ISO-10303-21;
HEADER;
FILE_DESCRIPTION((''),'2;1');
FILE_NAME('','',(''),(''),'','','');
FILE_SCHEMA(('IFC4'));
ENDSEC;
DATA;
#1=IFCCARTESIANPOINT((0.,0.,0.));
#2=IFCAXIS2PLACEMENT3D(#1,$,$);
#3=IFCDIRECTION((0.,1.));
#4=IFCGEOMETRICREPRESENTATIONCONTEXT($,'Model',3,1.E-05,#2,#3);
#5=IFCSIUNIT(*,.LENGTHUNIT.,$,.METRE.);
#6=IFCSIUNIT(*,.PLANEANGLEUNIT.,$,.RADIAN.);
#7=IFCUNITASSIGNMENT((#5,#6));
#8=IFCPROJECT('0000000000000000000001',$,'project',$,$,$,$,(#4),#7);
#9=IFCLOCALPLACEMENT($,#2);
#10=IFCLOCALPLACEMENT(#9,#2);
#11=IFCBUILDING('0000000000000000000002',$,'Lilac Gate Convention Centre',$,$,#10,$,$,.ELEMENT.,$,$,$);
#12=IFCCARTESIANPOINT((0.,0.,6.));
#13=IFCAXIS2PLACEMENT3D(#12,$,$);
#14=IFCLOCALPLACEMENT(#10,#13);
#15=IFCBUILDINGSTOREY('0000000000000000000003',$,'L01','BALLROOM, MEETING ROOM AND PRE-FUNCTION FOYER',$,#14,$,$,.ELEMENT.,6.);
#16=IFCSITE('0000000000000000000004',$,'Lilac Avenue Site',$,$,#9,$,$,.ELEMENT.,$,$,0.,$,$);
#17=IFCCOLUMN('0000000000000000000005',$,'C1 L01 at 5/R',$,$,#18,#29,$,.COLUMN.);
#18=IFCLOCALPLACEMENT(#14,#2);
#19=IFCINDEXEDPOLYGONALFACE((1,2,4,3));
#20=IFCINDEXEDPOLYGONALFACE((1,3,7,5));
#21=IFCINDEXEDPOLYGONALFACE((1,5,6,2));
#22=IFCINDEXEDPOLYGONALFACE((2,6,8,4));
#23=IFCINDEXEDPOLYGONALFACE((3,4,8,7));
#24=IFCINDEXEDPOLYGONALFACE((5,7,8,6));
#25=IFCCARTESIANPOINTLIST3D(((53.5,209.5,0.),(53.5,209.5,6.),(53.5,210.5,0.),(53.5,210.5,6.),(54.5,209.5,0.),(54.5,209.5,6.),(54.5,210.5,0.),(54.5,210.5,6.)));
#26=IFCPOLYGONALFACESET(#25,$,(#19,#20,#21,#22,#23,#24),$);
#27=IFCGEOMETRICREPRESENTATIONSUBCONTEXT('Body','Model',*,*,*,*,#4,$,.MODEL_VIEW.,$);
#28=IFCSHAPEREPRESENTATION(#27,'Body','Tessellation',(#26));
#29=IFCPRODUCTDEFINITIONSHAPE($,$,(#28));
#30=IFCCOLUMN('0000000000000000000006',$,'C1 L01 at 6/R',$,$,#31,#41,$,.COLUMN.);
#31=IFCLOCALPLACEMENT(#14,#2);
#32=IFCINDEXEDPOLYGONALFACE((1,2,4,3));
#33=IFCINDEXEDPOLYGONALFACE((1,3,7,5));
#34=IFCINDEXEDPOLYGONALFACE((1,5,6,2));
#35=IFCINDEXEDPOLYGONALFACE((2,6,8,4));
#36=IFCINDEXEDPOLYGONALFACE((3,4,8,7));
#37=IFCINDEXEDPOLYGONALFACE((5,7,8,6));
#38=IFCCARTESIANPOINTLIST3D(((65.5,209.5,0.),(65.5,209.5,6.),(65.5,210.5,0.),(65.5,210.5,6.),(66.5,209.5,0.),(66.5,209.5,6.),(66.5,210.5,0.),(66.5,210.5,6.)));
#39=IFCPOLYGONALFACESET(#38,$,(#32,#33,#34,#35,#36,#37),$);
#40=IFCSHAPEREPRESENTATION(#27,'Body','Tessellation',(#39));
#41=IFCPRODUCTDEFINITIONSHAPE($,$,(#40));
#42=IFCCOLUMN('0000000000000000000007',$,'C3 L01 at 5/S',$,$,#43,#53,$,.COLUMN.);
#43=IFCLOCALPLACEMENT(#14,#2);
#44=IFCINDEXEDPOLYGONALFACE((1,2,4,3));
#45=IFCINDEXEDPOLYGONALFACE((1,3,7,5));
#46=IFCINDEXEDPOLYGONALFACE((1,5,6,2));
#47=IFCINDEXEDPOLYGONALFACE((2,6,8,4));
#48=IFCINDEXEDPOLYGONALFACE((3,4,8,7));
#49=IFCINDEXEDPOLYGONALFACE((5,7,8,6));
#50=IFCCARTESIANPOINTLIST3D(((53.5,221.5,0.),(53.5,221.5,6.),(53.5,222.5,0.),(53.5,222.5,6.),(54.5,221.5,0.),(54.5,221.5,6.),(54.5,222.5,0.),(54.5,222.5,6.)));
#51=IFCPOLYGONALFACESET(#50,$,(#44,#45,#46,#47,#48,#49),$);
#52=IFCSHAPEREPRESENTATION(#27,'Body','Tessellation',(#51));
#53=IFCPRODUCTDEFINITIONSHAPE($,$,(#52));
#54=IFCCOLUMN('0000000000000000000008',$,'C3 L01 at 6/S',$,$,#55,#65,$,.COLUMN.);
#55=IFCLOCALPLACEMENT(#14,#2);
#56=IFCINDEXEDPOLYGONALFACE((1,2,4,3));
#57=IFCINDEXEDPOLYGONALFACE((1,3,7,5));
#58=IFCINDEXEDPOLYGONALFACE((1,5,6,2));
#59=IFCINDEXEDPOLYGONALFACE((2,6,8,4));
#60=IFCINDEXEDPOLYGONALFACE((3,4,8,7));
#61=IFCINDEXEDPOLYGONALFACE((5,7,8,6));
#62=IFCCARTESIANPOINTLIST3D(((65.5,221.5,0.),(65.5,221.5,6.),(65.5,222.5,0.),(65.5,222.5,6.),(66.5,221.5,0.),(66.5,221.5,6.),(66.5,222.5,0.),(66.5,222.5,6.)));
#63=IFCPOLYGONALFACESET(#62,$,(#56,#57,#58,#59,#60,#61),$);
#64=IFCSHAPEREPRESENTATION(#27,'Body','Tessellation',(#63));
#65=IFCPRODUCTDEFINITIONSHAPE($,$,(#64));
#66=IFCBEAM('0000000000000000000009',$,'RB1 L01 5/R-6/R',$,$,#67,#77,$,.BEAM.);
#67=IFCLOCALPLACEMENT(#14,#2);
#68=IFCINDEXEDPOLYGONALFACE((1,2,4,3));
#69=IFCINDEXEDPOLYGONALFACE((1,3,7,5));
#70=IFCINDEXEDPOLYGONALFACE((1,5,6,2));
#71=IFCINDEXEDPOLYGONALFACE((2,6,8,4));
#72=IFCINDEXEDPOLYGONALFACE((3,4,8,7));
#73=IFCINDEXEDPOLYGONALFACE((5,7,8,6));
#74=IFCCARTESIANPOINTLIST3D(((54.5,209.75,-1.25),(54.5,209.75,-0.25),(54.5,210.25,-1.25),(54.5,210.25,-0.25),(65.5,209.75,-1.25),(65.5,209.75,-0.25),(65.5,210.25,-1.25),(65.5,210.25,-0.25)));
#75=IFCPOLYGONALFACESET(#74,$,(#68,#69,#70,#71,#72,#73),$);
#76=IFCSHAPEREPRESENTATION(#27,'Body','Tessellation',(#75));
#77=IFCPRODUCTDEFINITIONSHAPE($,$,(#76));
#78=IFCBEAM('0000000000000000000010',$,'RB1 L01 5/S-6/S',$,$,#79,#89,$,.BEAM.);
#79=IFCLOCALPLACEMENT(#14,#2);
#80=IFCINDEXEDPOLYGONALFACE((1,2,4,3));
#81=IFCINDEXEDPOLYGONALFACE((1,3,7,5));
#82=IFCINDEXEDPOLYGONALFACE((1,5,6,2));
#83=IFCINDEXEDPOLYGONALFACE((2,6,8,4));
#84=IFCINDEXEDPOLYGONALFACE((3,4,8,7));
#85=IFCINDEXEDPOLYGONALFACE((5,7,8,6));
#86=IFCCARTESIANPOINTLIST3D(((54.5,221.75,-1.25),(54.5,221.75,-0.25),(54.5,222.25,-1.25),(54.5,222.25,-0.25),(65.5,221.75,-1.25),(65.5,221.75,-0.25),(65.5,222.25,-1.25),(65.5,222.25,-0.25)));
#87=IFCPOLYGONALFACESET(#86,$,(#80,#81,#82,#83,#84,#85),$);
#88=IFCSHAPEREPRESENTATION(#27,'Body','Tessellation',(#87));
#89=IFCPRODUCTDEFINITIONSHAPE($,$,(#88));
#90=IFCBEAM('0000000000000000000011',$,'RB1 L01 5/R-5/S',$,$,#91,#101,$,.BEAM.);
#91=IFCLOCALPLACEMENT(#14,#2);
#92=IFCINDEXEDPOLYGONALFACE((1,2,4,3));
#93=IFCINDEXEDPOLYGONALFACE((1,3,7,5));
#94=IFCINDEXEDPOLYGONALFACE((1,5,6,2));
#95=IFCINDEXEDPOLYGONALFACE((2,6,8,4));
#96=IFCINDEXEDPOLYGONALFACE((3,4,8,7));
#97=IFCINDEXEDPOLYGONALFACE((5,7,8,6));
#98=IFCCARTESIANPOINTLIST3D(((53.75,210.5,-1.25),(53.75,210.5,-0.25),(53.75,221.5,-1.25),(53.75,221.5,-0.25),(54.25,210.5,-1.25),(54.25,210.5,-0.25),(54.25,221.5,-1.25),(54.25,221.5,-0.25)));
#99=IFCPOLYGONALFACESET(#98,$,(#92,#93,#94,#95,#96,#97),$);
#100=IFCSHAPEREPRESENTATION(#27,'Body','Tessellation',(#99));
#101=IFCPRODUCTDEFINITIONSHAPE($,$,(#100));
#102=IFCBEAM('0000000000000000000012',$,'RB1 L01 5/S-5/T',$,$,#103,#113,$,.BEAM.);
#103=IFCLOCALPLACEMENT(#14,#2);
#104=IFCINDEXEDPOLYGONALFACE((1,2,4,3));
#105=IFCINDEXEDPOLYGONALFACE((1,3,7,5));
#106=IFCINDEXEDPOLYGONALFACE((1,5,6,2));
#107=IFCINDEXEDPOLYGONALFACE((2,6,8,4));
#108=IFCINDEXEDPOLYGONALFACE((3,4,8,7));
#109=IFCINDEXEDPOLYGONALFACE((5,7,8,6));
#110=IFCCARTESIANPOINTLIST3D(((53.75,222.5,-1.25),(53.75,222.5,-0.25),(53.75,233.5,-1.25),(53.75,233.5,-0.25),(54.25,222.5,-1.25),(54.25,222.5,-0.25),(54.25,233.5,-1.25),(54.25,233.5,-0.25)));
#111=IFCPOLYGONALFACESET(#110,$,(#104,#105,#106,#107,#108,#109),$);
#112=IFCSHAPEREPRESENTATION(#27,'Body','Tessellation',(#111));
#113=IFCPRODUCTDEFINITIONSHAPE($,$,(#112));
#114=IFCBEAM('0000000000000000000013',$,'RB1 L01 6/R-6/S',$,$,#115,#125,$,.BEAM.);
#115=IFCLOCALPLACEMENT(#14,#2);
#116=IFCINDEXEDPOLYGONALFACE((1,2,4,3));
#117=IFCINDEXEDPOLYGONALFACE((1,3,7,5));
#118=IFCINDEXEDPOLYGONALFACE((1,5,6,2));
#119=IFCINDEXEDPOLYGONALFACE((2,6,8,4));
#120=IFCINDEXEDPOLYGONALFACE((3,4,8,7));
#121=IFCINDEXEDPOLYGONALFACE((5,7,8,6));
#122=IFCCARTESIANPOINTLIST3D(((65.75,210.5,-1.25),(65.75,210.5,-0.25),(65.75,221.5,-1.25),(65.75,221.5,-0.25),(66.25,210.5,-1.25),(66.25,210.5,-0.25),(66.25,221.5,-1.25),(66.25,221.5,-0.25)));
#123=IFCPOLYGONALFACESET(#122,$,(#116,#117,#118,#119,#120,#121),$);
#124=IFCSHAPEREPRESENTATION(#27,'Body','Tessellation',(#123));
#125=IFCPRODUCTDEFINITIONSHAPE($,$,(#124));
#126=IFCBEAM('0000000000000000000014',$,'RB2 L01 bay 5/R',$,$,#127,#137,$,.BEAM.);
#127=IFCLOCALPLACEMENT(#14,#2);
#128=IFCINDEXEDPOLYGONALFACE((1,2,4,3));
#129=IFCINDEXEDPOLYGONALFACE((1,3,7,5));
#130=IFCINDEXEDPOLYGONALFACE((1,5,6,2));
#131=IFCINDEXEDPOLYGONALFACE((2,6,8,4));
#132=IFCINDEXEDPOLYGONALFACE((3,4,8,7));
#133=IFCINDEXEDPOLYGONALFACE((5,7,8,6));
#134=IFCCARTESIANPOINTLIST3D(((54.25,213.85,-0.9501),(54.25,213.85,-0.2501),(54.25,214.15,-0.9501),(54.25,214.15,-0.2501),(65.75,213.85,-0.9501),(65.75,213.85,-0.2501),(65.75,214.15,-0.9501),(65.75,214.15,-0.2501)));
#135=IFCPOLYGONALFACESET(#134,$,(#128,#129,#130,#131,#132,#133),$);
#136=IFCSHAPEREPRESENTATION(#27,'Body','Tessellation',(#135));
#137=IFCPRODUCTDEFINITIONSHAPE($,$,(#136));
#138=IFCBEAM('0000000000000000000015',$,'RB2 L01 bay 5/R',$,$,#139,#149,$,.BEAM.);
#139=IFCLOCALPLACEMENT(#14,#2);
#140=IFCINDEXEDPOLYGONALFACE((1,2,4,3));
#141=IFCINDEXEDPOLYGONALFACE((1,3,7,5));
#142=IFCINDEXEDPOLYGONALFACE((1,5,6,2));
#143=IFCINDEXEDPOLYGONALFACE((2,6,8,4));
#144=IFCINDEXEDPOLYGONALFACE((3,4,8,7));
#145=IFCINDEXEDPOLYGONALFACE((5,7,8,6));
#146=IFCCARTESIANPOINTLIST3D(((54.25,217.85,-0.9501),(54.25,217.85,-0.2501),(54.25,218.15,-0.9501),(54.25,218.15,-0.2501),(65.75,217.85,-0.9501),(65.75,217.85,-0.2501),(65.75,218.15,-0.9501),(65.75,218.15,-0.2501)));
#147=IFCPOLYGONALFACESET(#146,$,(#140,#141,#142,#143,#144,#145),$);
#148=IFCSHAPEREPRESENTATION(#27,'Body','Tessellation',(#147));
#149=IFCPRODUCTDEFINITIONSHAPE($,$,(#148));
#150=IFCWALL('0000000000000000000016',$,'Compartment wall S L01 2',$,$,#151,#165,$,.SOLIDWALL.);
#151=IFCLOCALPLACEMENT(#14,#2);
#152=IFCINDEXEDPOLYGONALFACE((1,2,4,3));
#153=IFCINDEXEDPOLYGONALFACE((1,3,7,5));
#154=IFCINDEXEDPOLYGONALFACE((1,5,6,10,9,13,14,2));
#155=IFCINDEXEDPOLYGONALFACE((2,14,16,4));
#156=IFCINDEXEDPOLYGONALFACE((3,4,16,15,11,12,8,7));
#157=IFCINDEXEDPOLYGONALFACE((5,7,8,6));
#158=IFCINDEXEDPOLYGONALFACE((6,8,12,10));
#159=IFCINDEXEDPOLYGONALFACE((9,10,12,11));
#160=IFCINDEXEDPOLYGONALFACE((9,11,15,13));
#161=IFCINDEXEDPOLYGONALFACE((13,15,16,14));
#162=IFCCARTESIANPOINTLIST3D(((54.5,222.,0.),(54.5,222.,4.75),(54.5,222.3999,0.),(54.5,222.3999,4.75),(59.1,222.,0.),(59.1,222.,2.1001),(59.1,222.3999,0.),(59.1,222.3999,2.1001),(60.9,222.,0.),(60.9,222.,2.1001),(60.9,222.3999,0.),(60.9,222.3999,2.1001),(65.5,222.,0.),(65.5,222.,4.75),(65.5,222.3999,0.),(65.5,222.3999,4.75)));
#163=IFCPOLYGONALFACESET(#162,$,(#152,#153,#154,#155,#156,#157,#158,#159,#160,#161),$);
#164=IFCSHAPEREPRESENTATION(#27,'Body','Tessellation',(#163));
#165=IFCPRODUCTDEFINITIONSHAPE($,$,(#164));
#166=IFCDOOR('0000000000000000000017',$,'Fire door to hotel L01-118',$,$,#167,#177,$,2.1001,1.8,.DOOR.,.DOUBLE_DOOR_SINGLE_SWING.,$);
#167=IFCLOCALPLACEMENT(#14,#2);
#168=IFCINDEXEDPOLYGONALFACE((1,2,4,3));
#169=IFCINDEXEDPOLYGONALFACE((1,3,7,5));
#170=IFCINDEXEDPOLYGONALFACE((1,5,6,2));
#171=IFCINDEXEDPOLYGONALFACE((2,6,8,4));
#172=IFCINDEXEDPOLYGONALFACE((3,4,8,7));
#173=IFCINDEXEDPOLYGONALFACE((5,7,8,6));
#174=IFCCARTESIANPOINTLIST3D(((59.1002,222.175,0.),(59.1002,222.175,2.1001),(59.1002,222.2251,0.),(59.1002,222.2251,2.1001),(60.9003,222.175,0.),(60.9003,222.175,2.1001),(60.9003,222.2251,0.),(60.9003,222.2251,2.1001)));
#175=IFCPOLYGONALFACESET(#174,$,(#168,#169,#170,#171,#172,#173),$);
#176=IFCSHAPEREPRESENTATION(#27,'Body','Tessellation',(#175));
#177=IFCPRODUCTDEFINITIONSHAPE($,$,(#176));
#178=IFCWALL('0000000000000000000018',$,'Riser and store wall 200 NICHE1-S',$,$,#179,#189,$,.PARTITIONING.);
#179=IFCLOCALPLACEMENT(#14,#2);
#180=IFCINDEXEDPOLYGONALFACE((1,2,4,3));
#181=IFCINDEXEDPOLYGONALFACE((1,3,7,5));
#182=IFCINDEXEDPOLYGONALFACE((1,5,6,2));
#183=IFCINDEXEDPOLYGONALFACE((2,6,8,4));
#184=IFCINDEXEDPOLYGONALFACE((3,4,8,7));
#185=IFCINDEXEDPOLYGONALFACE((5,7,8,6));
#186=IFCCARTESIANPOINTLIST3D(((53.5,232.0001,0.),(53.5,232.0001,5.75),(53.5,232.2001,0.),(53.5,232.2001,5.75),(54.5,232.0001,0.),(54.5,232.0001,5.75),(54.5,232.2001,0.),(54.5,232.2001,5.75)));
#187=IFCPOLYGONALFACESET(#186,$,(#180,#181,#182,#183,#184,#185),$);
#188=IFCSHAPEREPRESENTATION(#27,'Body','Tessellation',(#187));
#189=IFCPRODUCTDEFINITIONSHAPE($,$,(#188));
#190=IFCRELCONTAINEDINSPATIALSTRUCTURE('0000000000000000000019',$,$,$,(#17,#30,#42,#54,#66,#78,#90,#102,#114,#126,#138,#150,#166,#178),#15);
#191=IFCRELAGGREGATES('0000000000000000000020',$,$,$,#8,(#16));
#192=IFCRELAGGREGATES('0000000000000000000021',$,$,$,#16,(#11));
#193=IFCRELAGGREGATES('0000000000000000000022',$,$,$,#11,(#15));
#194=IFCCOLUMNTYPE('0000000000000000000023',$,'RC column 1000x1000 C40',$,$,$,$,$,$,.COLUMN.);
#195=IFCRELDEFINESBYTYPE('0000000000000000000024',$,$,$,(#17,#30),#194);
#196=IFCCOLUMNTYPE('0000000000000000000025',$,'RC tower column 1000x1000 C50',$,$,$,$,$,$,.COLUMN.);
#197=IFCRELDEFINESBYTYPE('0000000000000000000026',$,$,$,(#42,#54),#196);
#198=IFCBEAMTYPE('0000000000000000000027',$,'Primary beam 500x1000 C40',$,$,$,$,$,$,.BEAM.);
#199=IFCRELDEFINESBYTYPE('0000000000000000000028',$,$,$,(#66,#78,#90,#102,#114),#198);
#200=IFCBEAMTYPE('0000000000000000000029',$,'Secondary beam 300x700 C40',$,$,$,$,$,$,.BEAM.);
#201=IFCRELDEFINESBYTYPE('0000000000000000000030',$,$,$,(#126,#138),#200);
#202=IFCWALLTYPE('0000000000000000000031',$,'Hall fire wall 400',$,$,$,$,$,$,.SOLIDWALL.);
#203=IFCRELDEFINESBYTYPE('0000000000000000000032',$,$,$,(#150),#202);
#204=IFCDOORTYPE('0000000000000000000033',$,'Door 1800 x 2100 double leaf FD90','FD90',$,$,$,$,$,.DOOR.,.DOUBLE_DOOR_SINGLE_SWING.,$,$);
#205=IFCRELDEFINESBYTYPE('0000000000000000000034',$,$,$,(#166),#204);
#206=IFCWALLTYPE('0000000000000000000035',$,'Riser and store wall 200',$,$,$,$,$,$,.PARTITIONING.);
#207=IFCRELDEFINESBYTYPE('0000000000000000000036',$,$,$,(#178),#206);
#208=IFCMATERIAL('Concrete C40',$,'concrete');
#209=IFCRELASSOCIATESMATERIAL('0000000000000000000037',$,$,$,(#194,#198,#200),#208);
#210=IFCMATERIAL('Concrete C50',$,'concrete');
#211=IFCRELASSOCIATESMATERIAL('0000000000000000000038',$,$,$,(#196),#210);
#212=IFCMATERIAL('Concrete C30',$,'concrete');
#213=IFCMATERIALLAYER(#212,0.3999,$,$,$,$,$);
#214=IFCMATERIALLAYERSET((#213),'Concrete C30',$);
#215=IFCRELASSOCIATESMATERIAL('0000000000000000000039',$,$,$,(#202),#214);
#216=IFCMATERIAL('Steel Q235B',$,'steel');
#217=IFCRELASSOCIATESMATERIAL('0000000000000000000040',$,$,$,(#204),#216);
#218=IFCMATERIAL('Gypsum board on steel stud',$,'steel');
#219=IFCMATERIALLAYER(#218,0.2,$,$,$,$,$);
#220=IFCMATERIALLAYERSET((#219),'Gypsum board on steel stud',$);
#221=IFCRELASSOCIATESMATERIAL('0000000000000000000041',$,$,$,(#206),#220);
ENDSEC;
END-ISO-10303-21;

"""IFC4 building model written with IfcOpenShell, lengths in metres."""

from ifc_helpers import new_model, si_unit, direction, frame, frame_2d, origin, origin_2d, place, context, subcontext, project, spatial, rectangle, extrude, material, layer, layer_set, material_profile, profile_set, type_object, element, fill, save


model = new_model("IFC4")

# Units and contexts
model_context = context("Model", 3, precision=1e-05, world=origin(), true_north=direction((0.0, 1.0)))
body_context = subcontext(model_context, "Body", "Model", "MODEL_VIEW")
ifc_project = project(units=[si_unit("LENGTHUNIT", "METRE"), si_unit("PLANEANGLEUNIT", "RADIAN")], contexts=[model_context])

# Site, building, storey
site_placement = place(None, origin())
site = spatial("IfcSite", under=ifc_project, at=site_placement, Name="Lilac Avenue Site", CompositionType="ELEMENT", RefElevation=0.0)
building_placement = place(site_placement, origin())
building = spatial("IfcBuilding", under=site, at=building_placement, Name="Lilac Gate Convention Centre", CompositionType="ELEMENT")
storey_placement = place(building_placement, frame((0.0, 0.0, 6.0)))
storey = spatial("IfcBuildingStorey", under=building, at=storey_placement, Name="L01", Description="BALLROOM, MEETING ROOM AND PRE-FUNCTION FOYER", CompositionType="ELEMENT", Elevation=6.0)

# Columns
ifc_material_1 = material(Name="Concrete C40", Category="concrete")
ifc_material_profile_1 = material_profile(ifc_material_1, rectangle(XDim=1.0, YDim=1.0, at=origin_2d()), Name="RC 1000x1000")
ifc_profile_set_1 = profile_set([ifc_material_profile_1], Name="Concrete C40")
column_type_1 = type_object("IfcColumnType", Name="RC column 1000x1000 C40", PredefinedType="COLUMN", material=ifc_profile_set_1)
for number, where, z_axis, x_axis, name in (
    (1, (54.0, 210.0, 0.0), (0.0, 0.0, 1.0), (1.0, 0.0, 0.0), "C1 L01 at 5/R"),
    (2, (66.0, 210.0, 0.0), (0.0, 0.0, 1.0), (1.0, 0.0, 0.0), "C1 L01 at 6/R"),
):
    element("IfcColumn", number, at=place(storey_placement, frame(where, z_axis=z_axis, x_axis=x_axis)), inside=storey, type_object=column_type_1, Name=name, PredefinedType="COLUMN", context=body_context, shape_type="SweptSolid", body=[
        extrude(rectangle(XDim=1.0, YDim=1.0, at=origin_2d()), origin(), (0.0, 0.0, 1.0), 6.0),
    ])
ifc_material_2 = material(Name="Concrete C50", Category="concrete")
ifc_material_profile_2 = material_profile(ifc_material_2, rectangle(XDim=1.0, YDim=1.0, at=origin_2d()), Name="RC 1000x1000")
ifc_profile_set_2 = profile_set([ifc_material_profile_2], Name="Concrete C50")
column_type_2 = type_object("IfcColumnType", Name="RC tower column 1000x1000 C50", PredefinedType="COLUMN", material=ifc_profile_set_2)
for number, where, z_axis, x_axis, name in (
    (3, (54.0, 222.0, 0.0), (0.0, 0.0, 1.0), (1.0, 0.0, 0.0), "C3 L01 at 5/S"),
    (4, (66.0, 222.0, 0.0), (0.0, 0.0, 1.0), (1.0, 0.0, 0.0), "C3 L01 at 6/S"),
):
    element("IfcColumn", number, at=place(storey_placement, frame(where, z_axis=z_axis, x_axis=x_axis)), inside=storey, type_object=column_type_2, Name=name, PredefinedType="COLUMN", context=body_context, shape_type="SweptSolid", body=[
        extrude(rectangle(XDim=1.0, YDim=1.0, at=origin_2d()), origin(), (0.0, 0.0, 1.0), 6.0),
    ])

# Beams
ifc_material_profile_3 = material_profile(ifc_material_1, rectangle(XDim=0.5, YDim=1.0, at=origin_2d()), Name="RC 500x1000")
ifc_profile_set_3 = profile_set([ifc_material_profile_3], Name="Concrete C40")
beam_type_1 = type_object("IfcBeamType", Name="Primary beam 500x1000 C40", PredefinedType="BEAM", material=ifc_profile_set_3)
for number, where, z_axis, x_axis, name in (
    (5, (54.5, 210.0, -0.75), (1.0, 0.0, 0.0), (0.0, 1.0, 0.0), "RB1 L01 5/R-6/R"),
    (6, (54.5, 222.0, -0.75), (1.0, 0.0, 0.0), (0.0, 1.0, 0.0), "RB1 L01 5/S-6/S"),
    (7, (54.0, 210.5, -0.75), (0.0, 1.0, 0.0), (-1.0, 0.0, 0.0), "RB1 L01 5/R-5/S"),
    (8, (54.0, 222.5, -0.75), (0.0, 1.0, 0.0), (-1.0, 0.0, 0.0), "RB1 L01 5/S-5/T"),
    (9, (66.0, 210.5, -0.75), (0.0, 1.0, 0.0), (-1.0, 0.0, 0.0), "RB1 L01 6/R-6/S"),
):
    element("IfcBeam", number, at=place(storey_placement, frame(where, z_axis=z_axis, x_axis=x_axis)), inside=storey, type_object=beam_type_1, Name=name, PredefinedType="BEAM", context=body_context, shape_type="SweptSolid", body=[
        extrude(rectangle(XDim=0.5, YDim=1.0, at=origin_2d()), origin(), (0.0, 0.0, 1.0), 11.0),
    ])
ifc_material_profile_4 = material_profile(ifc_material_1, rectangle(XDim=0.3, YDim=0.7, at=origin_2d()), Name="RC 300x700")
ifc_profile_set_4 = profile_set([ifc_material_profile_4], Name="Concrete C40")
beam_type_2 = type_object("IfcBeamType", Name="Secondary beam 300x700 C40", PredefinedType="BEAM", material=ifc_profile_set_4)
for number, where, z_axis, x_axis, name in (
    (10, (54.25, 214.0, -0.6001), (1.0, 0.0, 0.0), (0.0, 1.0, 0.0), "RB2 L01 bay 5/R"),
    (11, (54.25, 218.0, -0.6001), (1.0, 0.0, 0.0), (0.0, 1.0, 0.0), "RB2 L01 bay 5/R"),
):
    element("IfcBeam", number, at=place(storey_placement, frame(where, z_axis=z_axis, x_axis=x_axis)), inside=storey, type_object=beam_type_2, Name=name, PredefinedType="BEAM", context=body_context, shape_type="SweptSolid", body=[
        extrude(rectangle(XDim=0.3, YDim=0.7, at=origin_2d()), origin(), (0.0, 0.0, 1.0), 11.5),
    ])

# Wall, opening, door
ifc_material_3 = material(Name="Concrete C30", Category="concrete")
ifc_layer_1 = layer(ifc_material_3, 0.3999)
ifc_layer_set_1 = layer_set([ifc_layer_1], Name="Concrete C30")
wall_type_1 = type_object("IfcWallType", Name="Hall fire wall 400", PredefinedType="SOLIDWALL", material=ifc_layer_set_1)
wall_1_placement = place(storey_placement, frame((54.5, 222.2, 0.0), z_axis=(0.0, 0.0, 1.0), x_axis=(1.0, 0.0, 0.0)))
wall_1 = element("IfcWall", 12, at=wall_1_placement, inside=storey, type_object=wall_type_1, Name="Compartment wall S L01 2", PredefinedType="SOLIDWALL", context=body_context, shape_type="SweptSolid", body=[
    extrude(rectangle(XDim=11.0, YDim=0.3999, at=frame_2d((5.5, 0.0))), origin(), (0.0, 0.0, 1.0), 4.75),
])
opening_1_placement = place(wall_1_placement, frame((4.6001, 0.0, 0.0)))
opening_1 = element("IfcOpeningElement", 13, at=opening_1_placement, cuts=wall_1, PredefinedType="OPENING", context=body_context, shape_type="SweptSolid", body=[
    extrude(rectangle(XDim=1.8, YDim=2.1001, at=frame_2d((0.8999, 1.05))), frame((0.0, 0.21, 0.0), z_axis=(0.0, -1.0, 0.0), x_axis=(1.0, 0.0, 0.0)), (0.0, 0.0, 1.0), 0.4199),
])
ifc_material_4 = material(Name="Steel Q235B", Category="steel")
door_type_1 = type_object("IfcDoorType", Name="Door 1800 x 2100 double leaf FD90", Description="FD90", OperationType="DOUBLE_DOOR_SINGLE_SWING", PredefinedType="DOOR", material=ifc_material_4)
door_1_placement = place(opening_1_placement, frame((1.8, 0.0, 0.0), z_axis=(0.0, 0.0, 1.0), x_axis=(-1.0, 0.0, 0.0)))
door_1 = element("IfcDoor", 14, at=door_1_placement, inside=storey, type_object=door_type_1, Name="Fire door to hotel L01-118", OperationType="DOUBLE_DOOR_SINGLE_SWING", OverallHeight=2.1001, OverallWidth=1.8, PredefinedType="DOOR", context=body_context, shape_type="SweptSolid", body=[
    extrude(rectangle(XDim=1.8, YDim=2.1001, at=frame_2d((0.8999, 1.05))), frame((0.0, 0.0249, 0.0), z_axis=(0.0, -1.0, 0.0), x_axis=(1.0, 0.0, 0.0)), (0.0, 0.0, 1.0), 0.05),
])
fill(opening_1, door_1)

# Wall
ifc_material_5 = material(Name="Gypsum board on steel stud", Category="steel")
ifc_layer_2 = layer(ifc_material_5, 0.2)
ifc_layer_set_2 = layer_set([ifc_layer_2], Name="Gypsum board on steel stud")
wall_type_2 = type_object("IfcWallType", Name="Riser and store wall 200", PredefinedType="PARTITIONING", material=ifc_layer_set_2)
wall_2_placement = place(storey_placement, frame((53.5, 232.1001, 0.0), z_axis=(0.0, 0.0, 1.0), x_axis=(1.0, 0.0, 0.0)))
element("IfcWall", 15, at=wall_2_placement, inside=storey, type_object=wall_type_2, Name="Riser and store wall 200 NICHE1-S", PredefinedType="PARTITIONING", context=body_context, shape_type="SweptSolid", body=[
    extrude(rectangle(XDim=1.0, YDim=0.2, at=frame_2d((0.5, 0.0))), origin(), (0.0, 0.0, 1.0), 5.75),
])

save(model, "model.ifc")
